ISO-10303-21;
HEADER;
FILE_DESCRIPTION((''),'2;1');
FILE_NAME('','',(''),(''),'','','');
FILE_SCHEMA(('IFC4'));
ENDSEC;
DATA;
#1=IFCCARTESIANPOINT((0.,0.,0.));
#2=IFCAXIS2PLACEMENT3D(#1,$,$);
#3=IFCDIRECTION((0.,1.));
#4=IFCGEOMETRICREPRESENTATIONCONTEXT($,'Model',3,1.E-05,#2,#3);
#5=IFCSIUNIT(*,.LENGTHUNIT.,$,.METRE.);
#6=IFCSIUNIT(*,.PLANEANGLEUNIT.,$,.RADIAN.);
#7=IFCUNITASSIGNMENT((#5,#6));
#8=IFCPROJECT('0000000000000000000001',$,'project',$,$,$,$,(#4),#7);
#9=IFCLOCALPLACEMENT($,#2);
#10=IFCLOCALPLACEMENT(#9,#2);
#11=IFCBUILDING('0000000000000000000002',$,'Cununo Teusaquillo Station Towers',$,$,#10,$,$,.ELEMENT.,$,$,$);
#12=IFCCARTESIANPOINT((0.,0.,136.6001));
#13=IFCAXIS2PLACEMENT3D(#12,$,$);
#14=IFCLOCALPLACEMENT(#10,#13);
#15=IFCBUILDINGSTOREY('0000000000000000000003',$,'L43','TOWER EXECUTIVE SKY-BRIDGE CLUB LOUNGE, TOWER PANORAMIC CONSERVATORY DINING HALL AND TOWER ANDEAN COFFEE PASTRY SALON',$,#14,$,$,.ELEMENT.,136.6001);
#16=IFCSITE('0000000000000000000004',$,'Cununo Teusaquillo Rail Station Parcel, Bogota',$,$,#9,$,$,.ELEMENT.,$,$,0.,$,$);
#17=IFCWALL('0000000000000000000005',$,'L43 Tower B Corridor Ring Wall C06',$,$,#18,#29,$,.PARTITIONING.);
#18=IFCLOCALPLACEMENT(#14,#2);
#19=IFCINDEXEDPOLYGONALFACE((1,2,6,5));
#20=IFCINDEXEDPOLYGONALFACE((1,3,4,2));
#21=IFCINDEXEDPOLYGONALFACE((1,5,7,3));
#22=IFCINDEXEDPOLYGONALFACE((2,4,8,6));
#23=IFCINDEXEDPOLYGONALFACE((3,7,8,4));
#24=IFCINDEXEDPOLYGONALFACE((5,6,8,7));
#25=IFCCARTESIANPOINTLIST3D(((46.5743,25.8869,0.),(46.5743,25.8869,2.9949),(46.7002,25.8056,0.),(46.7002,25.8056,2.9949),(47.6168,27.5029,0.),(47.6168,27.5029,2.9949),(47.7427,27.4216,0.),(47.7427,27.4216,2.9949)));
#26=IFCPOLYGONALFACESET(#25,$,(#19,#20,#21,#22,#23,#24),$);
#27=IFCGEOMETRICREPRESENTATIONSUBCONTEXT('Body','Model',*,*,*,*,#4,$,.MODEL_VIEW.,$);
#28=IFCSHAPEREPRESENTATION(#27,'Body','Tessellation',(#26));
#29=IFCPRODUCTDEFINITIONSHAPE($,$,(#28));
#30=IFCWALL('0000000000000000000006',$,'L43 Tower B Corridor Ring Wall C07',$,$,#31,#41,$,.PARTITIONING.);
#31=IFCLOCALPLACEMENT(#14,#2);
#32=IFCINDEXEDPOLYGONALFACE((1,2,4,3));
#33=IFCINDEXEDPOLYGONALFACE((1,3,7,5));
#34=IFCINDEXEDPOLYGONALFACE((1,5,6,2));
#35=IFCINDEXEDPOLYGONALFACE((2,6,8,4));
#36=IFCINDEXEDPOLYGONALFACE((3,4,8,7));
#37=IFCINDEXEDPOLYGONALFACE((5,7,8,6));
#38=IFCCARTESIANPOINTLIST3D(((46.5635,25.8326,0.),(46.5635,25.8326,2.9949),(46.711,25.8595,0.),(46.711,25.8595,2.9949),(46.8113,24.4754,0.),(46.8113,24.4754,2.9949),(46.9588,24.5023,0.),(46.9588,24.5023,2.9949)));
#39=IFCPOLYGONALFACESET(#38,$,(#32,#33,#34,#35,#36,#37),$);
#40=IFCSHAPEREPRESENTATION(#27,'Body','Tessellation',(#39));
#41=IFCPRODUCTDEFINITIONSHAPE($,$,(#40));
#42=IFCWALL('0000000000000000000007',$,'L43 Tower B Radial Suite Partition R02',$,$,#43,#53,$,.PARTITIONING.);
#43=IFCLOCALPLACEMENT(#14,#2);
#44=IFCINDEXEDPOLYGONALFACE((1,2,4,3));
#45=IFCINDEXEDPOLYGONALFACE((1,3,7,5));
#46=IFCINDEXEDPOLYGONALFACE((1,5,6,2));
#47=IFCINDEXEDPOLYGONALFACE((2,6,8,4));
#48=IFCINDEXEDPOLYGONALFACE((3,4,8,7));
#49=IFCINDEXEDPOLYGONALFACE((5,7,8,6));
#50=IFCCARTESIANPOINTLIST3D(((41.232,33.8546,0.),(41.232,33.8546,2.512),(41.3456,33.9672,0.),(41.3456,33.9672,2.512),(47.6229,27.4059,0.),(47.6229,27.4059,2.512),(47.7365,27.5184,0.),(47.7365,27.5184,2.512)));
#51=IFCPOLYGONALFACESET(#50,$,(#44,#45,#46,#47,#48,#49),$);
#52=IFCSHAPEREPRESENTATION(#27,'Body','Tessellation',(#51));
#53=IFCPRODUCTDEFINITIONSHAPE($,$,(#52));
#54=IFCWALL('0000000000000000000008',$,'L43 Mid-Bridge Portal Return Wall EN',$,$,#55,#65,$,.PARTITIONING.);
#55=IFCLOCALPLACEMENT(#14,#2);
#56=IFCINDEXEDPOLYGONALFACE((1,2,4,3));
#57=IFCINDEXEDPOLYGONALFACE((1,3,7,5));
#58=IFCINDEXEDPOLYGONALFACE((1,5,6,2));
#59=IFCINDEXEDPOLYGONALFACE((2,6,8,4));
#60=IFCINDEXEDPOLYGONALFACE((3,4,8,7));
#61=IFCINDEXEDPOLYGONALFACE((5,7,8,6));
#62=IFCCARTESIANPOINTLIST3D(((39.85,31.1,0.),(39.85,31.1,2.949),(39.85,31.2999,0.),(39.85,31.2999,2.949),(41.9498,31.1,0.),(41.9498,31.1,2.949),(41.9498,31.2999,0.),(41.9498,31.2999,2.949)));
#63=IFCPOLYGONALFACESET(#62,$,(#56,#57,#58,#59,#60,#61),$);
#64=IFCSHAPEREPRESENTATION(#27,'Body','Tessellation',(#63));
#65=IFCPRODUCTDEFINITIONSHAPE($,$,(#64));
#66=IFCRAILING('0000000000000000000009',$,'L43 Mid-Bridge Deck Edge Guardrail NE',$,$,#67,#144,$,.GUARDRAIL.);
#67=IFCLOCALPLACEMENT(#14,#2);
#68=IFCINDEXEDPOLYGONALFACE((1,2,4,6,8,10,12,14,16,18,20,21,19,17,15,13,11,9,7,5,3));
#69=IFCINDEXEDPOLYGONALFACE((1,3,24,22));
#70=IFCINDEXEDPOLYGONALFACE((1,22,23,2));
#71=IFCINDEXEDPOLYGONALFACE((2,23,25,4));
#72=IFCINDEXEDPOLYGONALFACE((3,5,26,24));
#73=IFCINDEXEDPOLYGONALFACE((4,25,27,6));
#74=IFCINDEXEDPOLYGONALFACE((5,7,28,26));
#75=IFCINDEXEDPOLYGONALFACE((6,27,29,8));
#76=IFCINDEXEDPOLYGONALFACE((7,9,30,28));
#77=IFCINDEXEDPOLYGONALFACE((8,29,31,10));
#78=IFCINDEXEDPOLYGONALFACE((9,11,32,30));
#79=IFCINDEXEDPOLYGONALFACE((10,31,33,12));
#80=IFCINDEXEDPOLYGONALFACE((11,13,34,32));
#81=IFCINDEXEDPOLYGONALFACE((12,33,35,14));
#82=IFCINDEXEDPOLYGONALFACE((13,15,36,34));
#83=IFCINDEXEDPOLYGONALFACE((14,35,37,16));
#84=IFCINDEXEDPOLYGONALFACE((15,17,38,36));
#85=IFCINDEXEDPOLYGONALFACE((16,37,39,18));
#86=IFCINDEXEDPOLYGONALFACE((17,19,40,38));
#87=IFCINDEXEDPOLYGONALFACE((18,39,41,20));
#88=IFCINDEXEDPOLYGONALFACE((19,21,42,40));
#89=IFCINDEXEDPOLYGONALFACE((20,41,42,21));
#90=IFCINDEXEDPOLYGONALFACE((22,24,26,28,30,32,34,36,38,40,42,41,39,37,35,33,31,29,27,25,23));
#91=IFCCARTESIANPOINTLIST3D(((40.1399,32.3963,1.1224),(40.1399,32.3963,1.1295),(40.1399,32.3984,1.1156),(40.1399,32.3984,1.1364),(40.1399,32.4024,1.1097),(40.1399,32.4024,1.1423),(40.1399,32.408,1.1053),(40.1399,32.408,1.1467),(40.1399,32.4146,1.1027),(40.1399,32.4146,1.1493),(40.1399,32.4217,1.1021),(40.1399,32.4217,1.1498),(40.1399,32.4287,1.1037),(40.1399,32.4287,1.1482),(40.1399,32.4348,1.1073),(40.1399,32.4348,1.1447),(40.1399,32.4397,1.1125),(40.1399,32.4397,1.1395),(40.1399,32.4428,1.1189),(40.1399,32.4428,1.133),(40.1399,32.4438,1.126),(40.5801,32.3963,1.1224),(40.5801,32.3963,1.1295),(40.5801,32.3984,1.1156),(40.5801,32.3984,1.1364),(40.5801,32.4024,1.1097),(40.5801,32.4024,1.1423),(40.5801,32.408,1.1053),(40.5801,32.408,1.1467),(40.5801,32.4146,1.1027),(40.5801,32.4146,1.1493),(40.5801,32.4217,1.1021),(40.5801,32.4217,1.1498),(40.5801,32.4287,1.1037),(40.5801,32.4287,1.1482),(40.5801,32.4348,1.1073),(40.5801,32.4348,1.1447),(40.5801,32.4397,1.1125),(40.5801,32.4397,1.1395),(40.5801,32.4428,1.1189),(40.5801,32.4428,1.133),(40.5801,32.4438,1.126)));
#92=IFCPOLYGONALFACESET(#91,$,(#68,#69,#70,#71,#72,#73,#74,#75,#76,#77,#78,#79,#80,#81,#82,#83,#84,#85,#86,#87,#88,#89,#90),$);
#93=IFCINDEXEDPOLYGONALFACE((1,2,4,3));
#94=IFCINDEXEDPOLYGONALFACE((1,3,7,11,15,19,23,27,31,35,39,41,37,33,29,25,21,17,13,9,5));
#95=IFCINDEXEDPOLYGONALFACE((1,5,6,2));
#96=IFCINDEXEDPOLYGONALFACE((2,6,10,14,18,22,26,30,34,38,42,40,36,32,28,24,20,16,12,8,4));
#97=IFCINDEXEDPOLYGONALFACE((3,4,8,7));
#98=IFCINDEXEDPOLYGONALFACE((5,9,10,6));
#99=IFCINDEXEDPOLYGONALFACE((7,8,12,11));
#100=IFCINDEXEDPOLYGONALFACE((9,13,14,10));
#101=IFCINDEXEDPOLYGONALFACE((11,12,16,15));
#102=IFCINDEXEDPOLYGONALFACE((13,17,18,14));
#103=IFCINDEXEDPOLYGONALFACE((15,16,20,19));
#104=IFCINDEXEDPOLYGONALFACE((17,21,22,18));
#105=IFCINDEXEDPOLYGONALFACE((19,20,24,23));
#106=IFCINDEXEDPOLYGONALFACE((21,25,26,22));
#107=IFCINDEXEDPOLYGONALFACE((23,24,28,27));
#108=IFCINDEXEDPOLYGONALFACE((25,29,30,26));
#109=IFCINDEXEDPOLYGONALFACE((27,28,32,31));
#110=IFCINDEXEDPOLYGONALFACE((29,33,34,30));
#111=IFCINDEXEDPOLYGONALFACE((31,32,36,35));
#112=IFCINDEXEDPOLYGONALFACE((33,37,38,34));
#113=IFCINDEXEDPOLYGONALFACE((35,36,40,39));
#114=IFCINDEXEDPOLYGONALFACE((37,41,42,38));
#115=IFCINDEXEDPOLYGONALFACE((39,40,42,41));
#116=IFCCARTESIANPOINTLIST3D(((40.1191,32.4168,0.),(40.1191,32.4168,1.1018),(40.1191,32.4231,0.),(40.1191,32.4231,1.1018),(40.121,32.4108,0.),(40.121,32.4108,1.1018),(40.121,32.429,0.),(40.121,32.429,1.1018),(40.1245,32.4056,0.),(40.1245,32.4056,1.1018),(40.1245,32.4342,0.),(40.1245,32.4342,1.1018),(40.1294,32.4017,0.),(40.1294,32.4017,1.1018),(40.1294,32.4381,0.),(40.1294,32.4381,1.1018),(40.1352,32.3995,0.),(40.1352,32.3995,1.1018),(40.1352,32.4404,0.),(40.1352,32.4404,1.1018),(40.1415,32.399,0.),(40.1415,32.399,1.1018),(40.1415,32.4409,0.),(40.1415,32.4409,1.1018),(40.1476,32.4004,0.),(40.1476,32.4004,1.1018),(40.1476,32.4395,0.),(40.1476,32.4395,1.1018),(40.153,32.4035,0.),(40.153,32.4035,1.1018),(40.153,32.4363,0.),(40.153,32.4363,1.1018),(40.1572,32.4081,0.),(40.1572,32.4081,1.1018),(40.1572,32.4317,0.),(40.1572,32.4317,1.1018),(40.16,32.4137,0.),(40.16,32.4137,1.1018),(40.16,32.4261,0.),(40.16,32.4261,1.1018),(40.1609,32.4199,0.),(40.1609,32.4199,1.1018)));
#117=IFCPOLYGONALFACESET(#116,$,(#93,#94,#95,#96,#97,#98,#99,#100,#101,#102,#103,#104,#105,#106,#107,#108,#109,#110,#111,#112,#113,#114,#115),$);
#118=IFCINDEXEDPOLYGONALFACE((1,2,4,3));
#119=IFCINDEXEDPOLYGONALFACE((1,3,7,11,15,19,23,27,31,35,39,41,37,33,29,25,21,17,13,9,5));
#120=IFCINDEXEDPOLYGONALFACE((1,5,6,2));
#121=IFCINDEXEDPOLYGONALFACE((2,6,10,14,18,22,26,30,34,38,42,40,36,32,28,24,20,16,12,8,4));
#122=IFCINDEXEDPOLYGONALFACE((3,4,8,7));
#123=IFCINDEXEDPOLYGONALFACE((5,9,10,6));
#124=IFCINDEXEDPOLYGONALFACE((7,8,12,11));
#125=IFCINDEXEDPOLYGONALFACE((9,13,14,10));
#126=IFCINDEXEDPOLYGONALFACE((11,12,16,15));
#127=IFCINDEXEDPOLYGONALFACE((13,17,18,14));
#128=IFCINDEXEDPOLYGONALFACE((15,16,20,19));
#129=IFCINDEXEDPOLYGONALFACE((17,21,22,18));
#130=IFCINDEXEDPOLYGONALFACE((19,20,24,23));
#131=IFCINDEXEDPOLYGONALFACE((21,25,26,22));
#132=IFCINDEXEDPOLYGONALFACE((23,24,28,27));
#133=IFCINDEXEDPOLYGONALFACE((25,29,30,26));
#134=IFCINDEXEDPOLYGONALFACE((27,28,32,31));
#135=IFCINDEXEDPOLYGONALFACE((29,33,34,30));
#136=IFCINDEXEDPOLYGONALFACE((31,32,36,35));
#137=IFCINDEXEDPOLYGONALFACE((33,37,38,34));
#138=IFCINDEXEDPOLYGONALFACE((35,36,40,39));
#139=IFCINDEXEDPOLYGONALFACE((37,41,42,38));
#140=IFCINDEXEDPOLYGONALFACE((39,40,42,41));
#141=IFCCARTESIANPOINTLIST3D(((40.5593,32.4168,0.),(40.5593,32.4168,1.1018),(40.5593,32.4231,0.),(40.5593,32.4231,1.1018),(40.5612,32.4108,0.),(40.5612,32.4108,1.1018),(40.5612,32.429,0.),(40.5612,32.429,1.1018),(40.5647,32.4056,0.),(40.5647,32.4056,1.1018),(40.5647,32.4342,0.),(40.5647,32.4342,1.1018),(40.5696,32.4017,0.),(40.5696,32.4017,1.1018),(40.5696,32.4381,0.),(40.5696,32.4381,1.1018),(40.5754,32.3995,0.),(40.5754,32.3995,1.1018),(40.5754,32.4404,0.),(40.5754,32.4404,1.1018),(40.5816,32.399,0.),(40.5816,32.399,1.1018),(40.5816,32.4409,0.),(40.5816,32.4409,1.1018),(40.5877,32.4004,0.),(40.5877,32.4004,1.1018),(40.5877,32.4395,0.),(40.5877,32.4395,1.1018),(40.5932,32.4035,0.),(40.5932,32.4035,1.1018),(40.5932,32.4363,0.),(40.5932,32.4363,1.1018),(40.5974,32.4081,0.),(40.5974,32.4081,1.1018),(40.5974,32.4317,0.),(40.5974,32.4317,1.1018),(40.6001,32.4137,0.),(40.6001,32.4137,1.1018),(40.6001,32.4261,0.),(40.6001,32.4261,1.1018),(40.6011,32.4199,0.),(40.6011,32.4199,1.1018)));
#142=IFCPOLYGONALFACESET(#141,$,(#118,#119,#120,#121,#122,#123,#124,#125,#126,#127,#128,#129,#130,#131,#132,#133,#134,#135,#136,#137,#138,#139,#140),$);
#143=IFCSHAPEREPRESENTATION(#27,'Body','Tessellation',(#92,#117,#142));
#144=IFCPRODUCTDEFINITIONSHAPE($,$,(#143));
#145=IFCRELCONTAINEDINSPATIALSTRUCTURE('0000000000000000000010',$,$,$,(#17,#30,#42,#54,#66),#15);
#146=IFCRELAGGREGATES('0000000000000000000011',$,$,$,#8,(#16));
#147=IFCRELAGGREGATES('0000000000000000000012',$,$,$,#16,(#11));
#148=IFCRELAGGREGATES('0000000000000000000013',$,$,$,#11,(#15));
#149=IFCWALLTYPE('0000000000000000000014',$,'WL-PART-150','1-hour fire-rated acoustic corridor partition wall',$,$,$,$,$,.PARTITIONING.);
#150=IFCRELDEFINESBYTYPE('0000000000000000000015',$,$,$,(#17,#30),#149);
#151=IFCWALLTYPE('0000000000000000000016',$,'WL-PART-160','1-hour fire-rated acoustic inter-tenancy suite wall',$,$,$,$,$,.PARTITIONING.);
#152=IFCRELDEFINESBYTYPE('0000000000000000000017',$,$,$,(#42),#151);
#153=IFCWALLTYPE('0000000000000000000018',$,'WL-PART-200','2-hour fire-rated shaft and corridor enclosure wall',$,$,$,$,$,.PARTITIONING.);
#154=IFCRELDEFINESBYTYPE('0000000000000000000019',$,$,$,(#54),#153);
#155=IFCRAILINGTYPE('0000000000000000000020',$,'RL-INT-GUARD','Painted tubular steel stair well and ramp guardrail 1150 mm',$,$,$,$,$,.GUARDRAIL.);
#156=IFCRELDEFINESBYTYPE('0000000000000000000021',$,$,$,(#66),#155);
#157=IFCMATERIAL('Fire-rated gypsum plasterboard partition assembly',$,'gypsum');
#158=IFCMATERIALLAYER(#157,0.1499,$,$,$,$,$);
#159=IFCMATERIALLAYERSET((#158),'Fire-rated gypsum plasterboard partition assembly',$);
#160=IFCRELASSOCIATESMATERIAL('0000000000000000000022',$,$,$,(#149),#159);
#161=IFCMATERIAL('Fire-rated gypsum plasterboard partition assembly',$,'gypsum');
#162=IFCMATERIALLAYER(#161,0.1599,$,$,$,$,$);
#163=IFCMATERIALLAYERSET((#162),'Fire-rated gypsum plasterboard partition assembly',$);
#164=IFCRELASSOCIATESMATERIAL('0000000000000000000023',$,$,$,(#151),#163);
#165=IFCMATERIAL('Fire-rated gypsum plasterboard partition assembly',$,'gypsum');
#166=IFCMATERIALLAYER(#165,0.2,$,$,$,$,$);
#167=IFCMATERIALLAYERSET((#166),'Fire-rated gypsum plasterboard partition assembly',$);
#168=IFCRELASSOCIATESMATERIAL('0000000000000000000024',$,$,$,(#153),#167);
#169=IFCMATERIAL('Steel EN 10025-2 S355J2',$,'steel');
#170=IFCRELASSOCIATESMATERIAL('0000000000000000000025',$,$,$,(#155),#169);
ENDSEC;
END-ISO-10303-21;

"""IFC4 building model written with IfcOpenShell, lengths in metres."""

from ifc_helpers import new_model, si_unit, direction, frame, frame_2d, origin, origin_2d, place, context, subcontext, project, spatial, rectangle, circle, extrude, material, layer, layer_set, type_object, element, save


model = new_model("IFC4")

# Units and contexts
model_context = context("Model", 3, precision=1e-05, world=origin(), true_north=direction((0.0, 1.0)))
body_context = subcontext(model_context, "Body", "Model", "MODEL_VIEW")
ifc_project = project(units=[si_unit("LENGTHUNIT", "METRE"), si_unit("PLANEANGLEUNIT", "RADIAN")], contexts=[model_context])

# Site, building, storey
site_placement = place(None, origin())
site = spatial("IfcSite", under=ifc_project, at=site_placement, Name="Cununo Teusaquillo Rail Station Parcel, Bogota", CompositionType="ELEMENT", RefElevation=0.0)
building_placement = place(site_placement, origin())
building = spatial("IfcBuilding", under=site, at=building_placement, Name="Cununo Teusaquillo Station Towers", CompositionType="ELEMENT")
storey_placement = place(building_placement, frame((0.0, 0.0, 136.6001)))
storey = spatial("IfcBuildingStorey", under=building, at=storey_placement, Name="L43", Description="TOWER EXECUTIVE SKY-BRIDGE CLUB LOUNGE, TOWER PANORAMIC CONSERVATORY DINING HALL AND TOWER ANDEAN COFFEE PASTRY SALON", CompositionType="ELEMENT", Elevation=136.6001)

# Walls
ifc_material_1 = material(Name="Fire-rated gypsum plasterboard partition assembly", Category="gypsum")
ifc_layer_1 = layer(ifc_material_1, 0.1499)
ifc_layer_set_1 = layer_set([ifc_layer_1], Name="Fire-rated gypsum plasterboard partition assembly")
wall_type_1 = type_object("IfcWallType", Name="WL-PART-150", Description="1-hour fire-rated acoustic corridor partition wall", PredefinedType="PARTITIONING", material=ifc_layer_set_1)
wall_1_placement = place(storey_placement, frame((47.6797, 27.4622, 0.0), z_axis=(0.0, 0.0, 1.0), x_axis=(-0.542098, -0.840315, 0.0)))
element("IfcWall", 1, at=wall_1_placement, inside=storey, type_object=wall_type_1, Name="L43 Tower B Corridor Ring Wall C06", PredefinedType="PARTITIONING", context=body_context, shape_type="SweptSolid", body=[
    extrude(rectangle(XDim=1.9231, YDim=0.1499, at=frame_2d((0.9614, 0.0))), origin(), (0.0, 0.0, 1.0), 2.9949),
])
wall_2_placement = place(storey_placement, frame((46.6372, 25.8462, 0.0), z_axis=(0.0, 0.0, 1.0), x_axis=(0.179617, -0.983737, 0.0)))
element("IfcWall", 2, at=wall_2_placement, inside=storey, type_object=wall_type_1, Name="L43 Tower B Corridor Ring Wall C07", PredefinedType="PARTITIONING", context=body_context, shape_type="SweptSolid", body=[
    extrude(rectangle(XDim=1.3796, YDim=0.1499, at=frame_2d((0.6899, 0.0))), origin(), (0.0, 0.0, 1.0), 2.9949),
])
ifc_material_2 = material(Name="Fire-rated gypsum plasterboard partition assembly", Category="gypsum")
ifc_layer_2 = layer(ifc_material_2, 0.1599)
ifc_layer_set_2 = layer_set([ifc_layer_2], Name="Fire-rated gypsum plasterboard partition assembly")
wall_type_2 = type_object("IfcWallType", Name="WL-PART-160", Description="1-hour fire-rated acoustic inter-tenancy suite wall", PredefinedType="PARTITIONING", material=ifc_layer_set_2)
wall_3_placement = place(storey_placement, frame((47.6797, 27.4622, 0.0), z_axis=(0.0, 0.0, 1.0), x_axis=(-0.703913, 0.710286, 0.0)))
element("IfcWall", 3, at=wall_3_placement, inside=storey, type_object=wall_type_2, Name="L43 Tower B Radial Suite Partition R02", PredefinedType="PARTITIONING", context=body_context, shape_type="SweptSolid", body=[
    extrude(rectangle(XDim=9.0791, YDim=0.1599, at=frame_2d((4.5396, 0.0))), origin(), (0.0, 0.0, 1.0), 2.512),
])
ifc_material_3 = material(Name="Fire-rated gypsum plasterboard partition assembly", Category="gypsum")
ifc_layer_3 = layer(ifc_material_3, 0.2)
ifc_layer_set_3 = layer_set([ifc_layer_3], Name="Fire-rated gypsum plasterboard partition assembly")
wall_type_3 = type_object("IfcWallType", Name="WL-PART-200", Description="2-hour fire-rated shaft and corridor enclosure wall", PredefinedType="PARTITIONING", material=ifc_layer_set_3)
wall_4_placement = place(storey_placement, frame((39.8501, 31.2, 0.0), z_axis=(0.0, 0.0, 1.0), x_axis=(1.0, 0.0, 0.0)))
element("IfcWall", 4, at=wall_4_placement, inside=storey, type_object=wall_type_3, Name="L43 Mid-Bridge Portal Return Wall EN", PredefinedType="PARTITIONING", context=body_context, shape_type="SweptSolid", body=[
    extrude(rectangle(XDim=2.0999, YDim=0.2, at=frame_2d((1.0498, 0.0))), origin(), (0.0, 0.0, 1.0), 2.949),
])

# Railing
ifc_material_4 = material(Name="Steel EN 10025-2 S355J2", Category="steel")
railing_type = type_object("IfcRailingType", Name="RL-INT-GUARD", Description="Painted tubular steel stair well and ramp guardrail 1150 mm", PredefinedType="GUARDRAIL", material=ifc_material_4)
railing_placement = place(storey_placement, frame((40.1399, 32.4199, 0.0)))
element("IfcRailing", 5, at=railing_placement, inside=storey, type_object=railing_type, Name="L43 Mid-Bridge Deck Edge Guardrail NE", PredefinedType="GUARDRAIL", context=body_context, shape_type="SweptSolid", body=[
    extrude(circle(Radius=0.0239, at=origin_2d()), frame((0.0, 0.0, 1.126), z_axis=(1.0, 0.0, 0.0), x_axis=(0.0, 1.0, 0.0)), (0.0, 0.0, 1.0), 0.4402),
    extrude(circle(Radius=0.021, at=origin_2d()), origin(), (0.0, 0.0, 1.0), 1.1018),
    extrude(circle(Radius=0.021, at=origin_2d()), frame((0.4402, 0.0, 0.0)), (0.0, 0.0, 1.0), 1.1018),
])

save(model, "model.ifc")
